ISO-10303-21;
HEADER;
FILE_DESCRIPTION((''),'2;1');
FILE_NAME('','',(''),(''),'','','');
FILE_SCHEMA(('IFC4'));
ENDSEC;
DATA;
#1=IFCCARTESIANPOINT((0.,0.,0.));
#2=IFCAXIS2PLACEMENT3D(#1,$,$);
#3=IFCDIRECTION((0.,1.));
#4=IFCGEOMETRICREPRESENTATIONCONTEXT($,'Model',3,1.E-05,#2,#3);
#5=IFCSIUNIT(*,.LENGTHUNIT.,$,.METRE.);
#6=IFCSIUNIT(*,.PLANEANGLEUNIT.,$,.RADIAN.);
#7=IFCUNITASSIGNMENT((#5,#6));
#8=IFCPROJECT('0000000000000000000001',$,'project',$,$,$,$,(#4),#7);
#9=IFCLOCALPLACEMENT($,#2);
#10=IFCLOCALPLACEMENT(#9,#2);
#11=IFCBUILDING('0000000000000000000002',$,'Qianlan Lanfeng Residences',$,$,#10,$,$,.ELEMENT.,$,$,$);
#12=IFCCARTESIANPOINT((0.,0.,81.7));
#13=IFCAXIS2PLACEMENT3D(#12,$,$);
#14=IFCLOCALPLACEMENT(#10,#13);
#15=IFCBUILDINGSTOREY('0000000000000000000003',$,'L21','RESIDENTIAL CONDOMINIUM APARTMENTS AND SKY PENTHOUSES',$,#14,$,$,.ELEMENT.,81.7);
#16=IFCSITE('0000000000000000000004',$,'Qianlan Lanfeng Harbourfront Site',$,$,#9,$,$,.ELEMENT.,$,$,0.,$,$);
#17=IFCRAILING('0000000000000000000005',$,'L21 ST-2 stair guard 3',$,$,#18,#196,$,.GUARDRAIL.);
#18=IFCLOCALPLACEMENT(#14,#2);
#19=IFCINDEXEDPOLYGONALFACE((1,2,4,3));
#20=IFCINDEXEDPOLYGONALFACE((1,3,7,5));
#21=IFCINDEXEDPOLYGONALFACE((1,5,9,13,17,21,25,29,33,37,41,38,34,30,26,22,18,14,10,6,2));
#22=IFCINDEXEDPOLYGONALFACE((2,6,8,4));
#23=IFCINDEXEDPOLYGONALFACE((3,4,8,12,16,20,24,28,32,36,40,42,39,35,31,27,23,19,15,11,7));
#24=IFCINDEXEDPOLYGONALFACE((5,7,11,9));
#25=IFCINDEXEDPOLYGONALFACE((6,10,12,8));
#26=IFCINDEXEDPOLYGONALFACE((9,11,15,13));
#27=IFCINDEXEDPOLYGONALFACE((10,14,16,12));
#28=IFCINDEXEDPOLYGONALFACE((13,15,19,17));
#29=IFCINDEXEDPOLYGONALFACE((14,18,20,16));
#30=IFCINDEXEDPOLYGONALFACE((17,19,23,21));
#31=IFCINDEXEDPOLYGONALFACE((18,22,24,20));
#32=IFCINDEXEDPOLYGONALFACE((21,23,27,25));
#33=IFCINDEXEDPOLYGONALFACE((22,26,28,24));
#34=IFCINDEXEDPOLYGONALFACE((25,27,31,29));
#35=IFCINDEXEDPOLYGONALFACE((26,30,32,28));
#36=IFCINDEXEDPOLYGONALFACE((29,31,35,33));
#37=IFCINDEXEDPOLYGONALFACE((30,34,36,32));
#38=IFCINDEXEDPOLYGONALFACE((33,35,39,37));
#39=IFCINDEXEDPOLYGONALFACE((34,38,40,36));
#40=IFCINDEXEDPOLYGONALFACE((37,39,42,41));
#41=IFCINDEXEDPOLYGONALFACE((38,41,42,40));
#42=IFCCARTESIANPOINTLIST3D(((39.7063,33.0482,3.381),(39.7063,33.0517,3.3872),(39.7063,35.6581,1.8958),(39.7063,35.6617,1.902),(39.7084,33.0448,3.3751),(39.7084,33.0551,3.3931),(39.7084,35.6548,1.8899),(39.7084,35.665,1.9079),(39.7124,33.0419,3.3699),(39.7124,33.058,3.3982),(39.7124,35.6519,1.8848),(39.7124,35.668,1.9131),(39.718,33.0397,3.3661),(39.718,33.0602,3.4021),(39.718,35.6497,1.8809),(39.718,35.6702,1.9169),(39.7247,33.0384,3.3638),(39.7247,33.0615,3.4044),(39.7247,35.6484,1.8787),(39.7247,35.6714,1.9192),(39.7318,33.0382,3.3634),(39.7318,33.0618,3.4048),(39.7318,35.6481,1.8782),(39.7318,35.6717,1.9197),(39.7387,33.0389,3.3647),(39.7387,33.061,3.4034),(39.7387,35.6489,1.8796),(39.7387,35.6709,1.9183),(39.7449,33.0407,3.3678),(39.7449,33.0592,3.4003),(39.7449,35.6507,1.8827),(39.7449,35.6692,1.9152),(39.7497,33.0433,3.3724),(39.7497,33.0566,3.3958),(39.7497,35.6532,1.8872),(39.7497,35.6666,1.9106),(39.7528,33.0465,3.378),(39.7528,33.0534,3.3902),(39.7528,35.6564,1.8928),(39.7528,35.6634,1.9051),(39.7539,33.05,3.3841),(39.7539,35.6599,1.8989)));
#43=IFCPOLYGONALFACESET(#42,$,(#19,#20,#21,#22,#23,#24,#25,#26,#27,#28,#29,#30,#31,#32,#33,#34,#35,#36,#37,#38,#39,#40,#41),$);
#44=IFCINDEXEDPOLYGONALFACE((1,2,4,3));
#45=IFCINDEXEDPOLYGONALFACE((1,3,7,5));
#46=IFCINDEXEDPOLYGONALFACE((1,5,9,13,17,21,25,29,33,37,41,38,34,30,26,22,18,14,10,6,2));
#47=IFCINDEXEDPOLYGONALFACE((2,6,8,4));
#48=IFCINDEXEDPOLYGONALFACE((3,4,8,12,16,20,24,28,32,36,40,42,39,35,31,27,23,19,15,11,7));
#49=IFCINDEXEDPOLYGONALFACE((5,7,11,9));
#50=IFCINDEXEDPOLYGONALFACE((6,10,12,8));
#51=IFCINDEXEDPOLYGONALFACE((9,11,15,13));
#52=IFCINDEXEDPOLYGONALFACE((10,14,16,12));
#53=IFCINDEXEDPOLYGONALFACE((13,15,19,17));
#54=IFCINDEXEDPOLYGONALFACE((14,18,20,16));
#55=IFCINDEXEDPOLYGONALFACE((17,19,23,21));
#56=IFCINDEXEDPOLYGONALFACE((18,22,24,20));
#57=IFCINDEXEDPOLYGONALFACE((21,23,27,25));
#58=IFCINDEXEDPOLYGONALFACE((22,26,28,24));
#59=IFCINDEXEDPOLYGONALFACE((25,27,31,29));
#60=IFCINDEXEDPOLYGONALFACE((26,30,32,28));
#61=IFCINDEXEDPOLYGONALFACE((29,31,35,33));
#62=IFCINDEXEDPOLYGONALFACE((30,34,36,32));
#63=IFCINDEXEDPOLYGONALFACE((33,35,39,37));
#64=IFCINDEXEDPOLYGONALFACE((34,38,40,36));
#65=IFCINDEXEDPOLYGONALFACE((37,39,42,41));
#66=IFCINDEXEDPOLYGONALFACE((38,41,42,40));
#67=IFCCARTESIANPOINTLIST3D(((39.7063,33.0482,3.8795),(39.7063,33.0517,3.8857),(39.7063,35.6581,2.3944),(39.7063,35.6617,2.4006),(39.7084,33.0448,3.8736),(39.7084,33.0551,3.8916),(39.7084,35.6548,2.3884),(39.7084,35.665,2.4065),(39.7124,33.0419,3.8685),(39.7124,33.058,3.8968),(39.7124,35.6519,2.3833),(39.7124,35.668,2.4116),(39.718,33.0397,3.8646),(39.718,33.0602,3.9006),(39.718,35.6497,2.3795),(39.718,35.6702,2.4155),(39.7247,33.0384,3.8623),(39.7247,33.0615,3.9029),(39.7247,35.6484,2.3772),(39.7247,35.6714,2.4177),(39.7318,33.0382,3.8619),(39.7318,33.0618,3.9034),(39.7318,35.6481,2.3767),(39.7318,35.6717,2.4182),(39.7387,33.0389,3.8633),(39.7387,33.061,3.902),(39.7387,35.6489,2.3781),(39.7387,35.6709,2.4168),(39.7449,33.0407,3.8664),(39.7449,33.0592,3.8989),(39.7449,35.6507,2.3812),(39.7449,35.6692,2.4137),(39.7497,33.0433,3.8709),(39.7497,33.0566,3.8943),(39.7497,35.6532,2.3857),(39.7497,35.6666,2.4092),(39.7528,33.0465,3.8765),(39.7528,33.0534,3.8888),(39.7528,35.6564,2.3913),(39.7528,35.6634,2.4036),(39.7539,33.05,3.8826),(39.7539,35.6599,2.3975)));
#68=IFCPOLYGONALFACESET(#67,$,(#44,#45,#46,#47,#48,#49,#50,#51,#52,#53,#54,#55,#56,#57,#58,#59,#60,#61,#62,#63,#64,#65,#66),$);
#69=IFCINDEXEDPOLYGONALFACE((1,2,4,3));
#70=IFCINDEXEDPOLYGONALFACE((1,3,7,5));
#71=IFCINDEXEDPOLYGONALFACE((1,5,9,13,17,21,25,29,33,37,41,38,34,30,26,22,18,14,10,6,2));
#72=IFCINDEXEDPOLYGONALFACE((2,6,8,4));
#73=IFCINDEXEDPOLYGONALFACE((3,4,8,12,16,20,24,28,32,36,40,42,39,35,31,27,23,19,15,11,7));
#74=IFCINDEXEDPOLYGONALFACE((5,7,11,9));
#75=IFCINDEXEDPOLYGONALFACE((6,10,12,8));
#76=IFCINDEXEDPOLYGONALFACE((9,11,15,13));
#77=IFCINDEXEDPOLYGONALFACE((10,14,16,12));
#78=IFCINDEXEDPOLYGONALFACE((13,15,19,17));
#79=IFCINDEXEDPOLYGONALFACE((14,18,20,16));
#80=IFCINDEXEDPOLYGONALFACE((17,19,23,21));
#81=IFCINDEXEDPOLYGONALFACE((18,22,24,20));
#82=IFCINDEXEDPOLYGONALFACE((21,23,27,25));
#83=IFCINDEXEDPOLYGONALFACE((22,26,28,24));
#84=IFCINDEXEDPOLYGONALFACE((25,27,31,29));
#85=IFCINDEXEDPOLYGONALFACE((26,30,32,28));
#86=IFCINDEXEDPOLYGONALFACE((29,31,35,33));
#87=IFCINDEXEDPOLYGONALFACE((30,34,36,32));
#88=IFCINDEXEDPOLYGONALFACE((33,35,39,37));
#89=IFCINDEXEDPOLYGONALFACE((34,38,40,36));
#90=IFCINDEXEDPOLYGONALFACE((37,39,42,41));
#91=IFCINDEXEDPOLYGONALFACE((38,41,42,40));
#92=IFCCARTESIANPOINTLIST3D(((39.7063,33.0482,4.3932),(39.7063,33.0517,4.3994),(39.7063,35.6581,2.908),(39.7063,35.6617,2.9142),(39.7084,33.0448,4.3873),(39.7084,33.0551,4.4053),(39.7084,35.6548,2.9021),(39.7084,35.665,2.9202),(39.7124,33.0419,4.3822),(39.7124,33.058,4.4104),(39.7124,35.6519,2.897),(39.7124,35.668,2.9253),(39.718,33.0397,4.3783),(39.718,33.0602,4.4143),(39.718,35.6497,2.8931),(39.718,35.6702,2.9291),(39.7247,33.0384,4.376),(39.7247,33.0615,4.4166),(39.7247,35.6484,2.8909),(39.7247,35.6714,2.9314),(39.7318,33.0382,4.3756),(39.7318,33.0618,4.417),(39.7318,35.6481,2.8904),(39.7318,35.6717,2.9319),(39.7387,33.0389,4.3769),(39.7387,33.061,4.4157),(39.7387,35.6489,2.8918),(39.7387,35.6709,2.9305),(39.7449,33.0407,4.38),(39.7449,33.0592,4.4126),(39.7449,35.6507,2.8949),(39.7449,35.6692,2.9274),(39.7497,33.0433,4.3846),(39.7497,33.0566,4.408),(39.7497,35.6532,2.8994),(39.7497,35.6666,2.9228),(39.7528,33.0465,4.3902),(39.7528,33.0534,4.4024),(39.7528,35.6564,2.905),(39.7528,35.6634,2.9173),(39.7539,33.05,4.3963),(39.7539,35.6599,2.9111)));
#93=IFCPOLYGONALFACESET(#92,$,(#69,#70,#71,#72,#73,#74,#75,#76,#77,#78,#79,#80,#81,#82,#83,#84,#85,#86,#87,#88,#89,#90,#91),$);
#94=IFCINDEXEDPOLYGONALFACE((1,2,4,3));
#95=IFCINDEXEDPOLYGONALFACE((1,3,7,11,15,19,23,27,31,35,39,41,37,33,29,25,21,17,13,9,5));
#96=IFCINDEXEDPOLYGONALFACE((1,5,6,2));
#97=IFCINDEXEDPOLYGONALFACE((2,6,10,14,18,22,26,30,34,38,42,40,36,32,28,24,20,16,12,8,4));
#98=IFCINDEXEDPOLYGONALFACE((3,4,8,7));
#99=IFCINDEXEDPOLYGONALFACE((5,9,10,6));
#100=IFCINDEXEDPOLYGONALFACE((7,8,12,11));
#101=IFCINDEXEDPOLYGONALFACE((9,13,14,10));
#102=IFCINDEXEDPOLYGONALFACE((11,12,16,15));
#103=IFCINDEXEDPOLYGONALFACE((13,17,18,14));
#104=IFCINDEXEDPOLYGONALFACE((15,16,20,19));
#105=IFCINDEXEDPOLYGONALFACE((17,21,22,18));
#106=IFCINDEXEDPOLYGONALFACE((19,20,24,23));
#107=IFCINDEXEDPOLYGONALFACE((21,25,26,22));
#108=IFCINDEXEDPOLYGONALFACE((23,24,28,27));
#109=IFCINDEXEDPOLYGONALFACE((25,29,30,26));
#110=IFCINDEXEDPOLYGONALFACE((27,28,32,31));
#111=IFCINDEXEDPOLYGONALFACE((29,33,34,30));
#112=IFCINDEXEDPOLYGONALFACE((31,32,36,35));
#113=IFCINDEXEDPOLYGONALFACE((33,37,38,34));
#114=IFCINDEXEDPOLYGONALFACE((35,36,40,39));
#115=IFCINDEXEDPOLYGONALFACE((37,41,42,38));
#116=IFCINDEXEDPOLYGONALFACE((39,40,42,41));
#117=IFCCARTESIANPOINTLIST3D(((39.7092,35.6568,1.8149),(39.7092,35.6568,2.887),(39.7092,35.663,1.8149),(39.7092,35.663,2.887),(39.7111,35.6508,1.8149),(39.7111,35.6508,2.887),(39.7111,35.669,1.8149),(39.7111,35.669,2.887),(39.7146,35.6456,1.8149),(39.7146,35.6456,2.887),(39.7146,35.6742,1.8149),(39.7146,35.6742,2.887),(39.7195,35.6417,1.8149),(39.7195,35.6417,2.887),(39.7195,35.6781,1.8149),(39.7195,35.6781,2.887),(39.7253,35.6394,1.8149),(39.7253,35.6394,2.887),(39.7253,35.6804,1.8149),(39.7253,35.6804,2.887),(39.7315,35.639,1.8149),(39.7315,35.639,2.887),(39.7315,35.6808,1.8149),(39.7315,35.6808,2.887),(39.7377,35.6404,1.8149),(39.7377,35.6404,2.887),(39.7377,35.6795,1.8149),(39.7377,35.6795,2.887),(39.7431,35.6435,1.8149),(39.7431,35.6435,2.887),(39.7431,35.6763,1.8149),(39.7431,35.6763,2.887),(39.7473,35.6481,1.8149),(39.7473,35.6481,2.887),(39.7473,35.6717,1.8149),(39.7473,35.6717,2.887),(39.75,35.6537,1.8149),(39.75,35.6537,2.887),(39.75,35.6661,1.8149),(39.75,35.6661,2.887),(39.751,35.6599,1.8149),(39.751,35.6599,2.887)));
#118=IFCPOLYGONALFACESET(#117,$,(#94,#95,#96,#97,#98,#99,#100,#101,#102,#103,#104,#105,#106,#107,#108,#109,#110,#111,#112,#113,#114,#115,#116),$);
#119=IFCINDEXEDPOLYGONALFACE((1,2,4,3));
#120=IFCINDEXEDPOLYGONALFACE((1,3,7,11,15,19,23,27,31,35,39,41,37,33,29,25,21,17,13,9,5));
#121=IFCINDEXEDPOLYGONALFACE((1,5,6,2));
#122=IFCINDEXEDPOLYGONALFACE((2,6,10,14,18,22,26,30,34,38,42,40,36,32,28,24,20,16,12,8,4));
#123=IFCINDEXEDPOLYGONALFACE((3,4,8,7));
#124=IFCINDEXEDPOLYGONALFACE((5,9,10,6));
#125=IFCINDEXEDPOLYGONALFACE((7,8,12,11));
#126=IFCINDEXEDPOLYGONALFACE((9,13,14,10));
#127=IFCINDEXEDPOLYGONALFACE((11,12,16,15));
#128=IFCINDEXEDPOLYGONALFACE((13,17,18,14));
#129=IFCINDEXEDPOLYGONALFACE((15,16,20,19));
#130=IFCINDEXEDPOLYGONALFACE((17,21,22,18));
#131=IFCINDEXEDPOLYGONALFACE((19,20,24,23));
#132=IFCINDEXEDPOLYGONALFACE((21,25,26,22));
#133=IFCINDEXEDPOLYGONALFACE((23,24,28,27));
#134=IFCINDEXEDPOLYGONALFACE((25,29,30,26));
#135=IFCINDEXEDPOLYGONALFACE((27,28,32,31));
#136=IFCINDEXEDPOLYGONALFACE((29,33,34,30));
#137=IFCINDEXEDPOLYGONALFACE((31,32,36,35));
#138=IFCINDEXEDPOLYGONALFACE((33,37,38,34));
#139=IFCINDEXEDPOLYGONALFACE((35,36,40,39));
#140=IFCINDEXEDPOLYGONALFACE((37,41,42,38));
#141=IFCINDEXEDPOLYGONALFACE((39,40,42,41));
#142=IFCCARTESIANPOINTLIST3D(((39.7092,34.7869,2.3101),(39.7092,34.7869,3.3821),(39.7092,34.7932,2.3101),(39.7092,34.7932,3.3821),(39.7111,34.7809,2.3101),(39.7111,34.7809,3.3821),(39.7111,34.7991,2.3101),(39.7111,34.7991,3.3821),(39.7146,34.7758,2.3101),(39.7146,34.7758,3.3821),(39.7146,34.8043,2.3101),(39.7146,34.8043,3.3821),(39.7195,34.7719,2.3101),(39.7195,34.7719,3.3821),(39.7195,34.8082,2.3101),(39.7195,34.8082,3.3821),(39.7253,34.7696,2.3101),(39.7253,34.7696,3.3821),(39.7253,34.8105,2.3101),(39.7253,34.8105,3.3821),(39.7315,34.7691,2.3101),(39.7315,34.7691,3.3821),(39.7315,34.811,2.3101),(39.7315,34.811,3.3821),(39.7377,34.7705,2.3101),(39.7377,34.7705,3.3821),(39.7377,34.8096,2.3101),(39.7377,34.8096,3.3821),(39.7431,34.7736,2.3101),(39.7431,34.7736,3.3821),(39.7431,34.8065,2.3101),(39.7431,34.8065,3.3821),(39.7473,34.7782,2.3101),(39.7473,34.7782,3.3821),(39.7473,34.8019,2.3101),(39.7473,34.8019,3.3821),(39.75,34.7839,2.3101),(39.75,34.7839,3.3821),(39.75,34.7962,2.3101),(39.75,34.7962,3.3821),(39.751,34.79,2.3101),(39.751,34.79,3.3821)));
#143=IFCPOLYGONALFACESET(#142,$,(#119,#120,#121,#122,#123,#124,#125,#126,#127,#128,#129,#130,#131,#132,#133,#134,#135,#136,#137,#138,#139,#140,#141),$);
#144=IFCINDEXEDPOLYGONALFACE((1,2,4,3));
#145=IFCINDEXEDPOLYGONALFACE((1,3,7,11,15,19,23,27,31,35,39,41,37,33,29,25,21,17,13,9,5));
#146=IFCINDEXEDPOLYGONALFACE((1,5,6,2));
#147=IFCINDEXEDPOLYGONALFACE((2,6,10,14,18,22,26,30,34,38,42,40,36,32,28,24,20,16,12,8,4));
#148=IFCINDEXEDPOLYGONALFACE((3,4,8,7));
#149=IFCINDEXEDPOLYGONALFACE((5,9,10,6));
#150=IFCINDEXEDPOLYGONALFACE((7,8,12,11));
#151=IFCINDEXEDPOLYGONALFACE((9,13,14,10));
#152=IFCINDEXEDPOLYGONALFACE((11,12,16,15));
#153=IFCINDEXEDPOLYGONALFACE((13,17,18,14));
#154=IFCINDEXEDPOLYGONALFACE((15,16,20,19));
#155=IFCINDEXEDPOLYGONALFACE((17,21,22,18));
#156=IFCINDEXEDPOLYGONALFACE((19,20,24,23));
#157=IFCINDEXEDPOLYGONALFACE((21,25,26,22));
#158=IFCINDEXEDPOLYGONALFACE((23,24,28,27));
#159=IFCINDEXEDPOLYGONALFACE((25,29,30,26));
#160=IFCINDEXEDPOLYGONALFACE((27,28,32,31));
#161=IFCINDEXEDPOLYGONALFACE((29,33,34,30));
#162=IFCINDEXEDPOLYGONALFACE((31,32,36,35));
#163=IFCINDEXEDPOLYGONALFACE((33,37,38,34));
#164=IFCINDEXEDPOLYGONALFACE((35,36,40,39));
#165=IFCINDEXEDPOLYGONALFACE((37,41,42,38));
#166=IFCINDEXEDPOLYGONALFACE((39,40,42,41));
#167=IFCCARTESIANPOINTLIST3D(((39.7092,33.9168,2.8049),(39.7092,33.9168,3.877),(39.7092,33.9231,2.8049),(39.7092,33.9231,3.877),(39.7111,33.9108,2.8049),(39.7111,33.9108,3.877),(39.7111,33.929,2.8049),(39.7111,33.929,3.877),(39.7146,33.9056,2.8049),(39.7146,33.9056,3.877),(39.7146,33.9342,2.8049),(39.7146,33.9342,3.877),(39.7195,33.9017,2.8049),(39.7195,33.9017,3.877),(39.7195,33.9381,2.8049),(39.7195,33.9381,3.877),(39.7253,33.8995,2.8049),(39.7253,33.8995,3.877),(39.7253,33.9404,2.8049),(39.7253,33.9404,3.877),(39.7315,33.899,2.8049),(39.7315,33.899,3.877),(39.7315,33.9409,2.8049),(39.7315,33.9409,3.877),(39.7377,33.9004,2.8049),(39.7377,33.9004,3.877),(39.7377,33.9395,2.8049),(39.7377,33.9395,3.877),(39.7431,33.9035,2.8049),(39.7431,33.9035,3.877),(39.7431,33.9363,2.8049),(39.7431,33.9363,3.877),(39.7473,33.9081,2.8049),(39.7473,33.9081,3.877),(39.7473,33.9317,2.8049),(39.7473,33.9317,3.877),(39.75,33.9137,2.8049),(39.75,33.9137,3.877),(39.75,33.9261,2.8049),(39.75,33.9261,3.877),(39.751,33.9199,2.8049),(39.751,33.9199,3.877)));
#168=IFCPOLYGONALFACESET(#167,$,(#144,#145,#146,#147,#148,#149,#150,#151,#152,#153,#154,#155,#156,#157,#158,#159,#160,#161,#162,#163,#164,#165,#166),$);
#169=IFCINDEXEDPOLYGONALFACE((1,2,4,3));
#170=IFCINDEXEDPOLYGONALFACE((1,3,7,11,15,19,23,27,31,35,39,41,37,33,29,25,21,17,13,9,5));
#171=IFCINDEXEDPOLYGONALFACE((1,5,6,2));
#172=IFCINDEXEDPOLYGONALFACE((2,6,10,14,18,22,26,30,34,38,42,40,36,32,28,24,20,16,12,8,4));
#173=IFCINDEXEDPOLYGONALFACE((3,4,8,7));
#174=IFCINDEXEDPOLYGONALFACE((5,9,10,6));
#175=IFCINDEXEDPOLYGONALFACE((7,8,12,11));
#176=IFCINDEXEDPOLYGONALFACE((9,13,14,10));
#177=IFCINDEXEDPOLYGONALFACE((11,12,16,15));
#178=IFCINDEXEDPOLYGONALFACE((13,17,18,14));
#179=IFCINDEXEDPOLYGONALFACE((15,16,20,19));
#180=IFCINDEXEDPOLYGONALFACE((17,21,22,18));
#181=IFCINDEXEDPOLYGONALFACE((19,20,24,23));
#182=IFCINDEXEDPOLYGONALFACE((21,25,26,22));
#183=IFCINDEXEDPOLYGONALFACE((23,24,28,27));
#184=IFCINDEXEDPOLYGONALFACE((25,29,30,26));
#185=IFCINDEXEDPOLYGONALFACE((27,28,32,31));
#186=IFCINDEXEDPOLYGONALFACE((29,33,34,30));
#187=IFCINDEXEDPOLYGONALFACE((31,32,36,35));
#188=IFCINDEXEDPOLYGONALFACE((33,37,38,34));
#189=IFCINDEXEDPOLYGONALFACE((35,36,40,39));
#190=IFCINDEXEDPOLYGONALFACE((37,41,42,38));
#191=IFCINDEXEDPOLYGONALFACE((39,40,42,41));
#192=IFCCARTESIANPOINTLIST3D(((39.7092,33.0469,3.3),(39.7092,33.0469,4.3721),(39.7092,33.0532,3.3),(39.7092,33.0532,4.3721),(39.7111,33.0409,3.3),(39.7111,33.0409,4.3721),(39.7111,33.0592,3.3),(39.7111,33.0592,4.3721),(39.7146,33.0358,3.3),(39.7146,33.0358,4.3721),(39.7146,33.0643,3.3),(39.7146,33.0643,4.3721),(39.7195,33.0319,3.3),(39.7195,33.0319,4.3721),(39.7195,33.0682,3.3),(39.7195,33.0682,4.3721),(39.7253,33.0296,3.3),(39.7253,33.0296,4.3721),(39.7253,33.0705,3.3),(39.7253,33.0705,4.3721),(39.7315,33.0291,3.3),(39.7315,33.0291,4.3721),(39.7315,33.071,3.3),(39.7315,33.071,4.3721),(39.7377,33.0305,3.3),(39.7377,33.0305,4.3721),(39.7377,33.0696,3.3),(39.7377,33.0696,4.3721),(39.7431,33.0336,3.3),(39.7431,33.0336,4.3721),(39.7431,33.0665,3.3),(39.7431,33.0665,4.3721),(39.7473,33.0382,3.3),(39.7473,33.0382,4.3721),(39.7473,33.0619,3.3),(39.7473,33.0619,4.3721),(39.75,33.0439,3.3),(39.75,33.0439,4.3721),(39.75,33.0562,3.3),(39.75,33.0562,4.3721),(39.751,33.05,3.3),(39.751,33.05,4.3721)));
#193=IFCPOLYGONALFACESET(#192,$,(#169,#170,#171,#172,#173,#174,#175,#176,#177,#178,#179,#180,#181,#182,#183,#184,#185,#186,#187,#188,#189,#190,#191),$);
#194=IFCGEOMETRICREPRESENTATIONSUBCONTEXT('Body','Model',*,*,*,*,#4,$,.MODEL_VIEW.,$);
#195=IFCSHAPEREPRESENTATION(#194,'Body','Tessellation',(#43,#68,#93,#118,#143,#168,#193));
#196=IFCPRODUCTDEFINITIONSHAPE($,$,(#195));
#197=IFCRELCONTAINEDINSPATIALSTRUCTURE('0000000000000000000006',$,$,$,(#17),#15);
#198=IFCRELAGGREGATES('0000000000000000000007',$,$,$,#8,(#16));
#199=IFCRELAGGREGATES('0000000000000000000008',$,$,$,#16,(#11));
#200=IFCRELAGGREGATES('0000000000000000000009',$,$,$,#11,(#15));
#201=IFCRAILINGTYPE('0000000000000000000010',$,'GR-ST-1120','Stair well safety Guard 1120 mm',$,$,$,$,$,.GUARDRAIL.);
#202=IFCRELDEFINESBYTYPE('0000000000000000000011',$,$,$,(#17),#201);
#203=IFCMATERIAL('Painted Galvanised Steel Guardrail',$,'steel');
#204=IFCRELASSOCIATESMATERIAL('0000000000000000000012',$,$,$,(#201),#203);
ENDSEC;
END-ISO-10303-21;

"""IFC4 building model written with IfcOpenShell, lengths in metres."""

from ifc_helpers import new_model, si_unit, direction, frame, origin, origin_2d, place, context, subcontext, project, spatial, circle, extrude, material, type_object, element, save


model = new_model("IFC4")

# Units and contexts
model_context = context("Model", 3, precision=1e-05, world=origin(), true_north=direction((0.0, 1.0)))
body_context = subcontext(model_context, "Body", "Model", "MODEL_VIEW")
ifc_project = project(units=[si_unit("LENGTHUNIT", "METRE"), si_unit("PLANEANGLEUNIT", "RADIAN")], contexts=[model_context])

# Site, building, storey
site_placement = place(None, origin())
site = spatial("IfcSite", under=ifc_project, at=site_placement, Name="Qianlan Lanfeng Harbourfront Site", CompositionType="ELEMENT", RefElevation=0.0)
building_placement = place(site_placement, origin())
building = spatial("IfcBuilding", under=site, at=building_placement, Name="Qianlan Lanfeng Residences", CompositionType="ELEMENT")
storey_placement = place(building_placement, frame((0.0, 0.0, 81.7)))
storey = spatial("IfcBuildingStorey", under=building, at=storey_placement, Name="L21", Description="RESIDENTIAL CONDOMINIUM APARTMENTS AND SKY PENTHOUSES", CompositionType="ELEMENT", Elevation=81.7)

# Railing
ifc_material_1 = material(Name="Painted Galvanised Steel Guardrail", Category="steel")
railing_type_1 = type_object("IfcRailingType", Name="GR-ST-1120", Description="Stair well safety Guard 1120 mm", PredefinedType="GUARDRAIL", material=ifc_material_1)
railing_1_placement = place(storey_placement, frame((39.73, 35.6599, 1.8149)))
element("IfcRailing", 1, at=railing_1_placement, inside=storey, type_object=railing_type_1, Name="L21 ST-2 stair guard 3", PredefinedType="GUARDRAIL", context=body_context, shape_type="SweptSolid", body=[
    extrude(circle(Radius=0.0239, at=origin_2d()), frame((0.0, 0.0, 0.084), z_axis=(0.0, -0.869137, 0.494571), x_axis=(1.0, 0.0, 0.0)), (0.0, 0.0, 1.0), 3.0029),
    extrude(circle(Radius=0.0239, at=origin_2d()), frame((0.0, 0.0, 0.5825), z_axis=(0.0, -0.869137, 0.494571), x_axis=(1.0, 0.0, 0.0)), (0.0, 0.0, 1.0), 3.0029),
    extrude(circle(Radius=0.0239, at=origin_2d()), frame((0.0, 0.0, 1.0962), z_axis=(0.0, -0.869137, 0.494571), x_axis=(1.0, 0.0, 0.0)), (0.0, 0.0, 1.0), 3.0029),
    extrude(circle(Radius=0.021, at=origin_2d()), origin(), (0.0, 0.0, 1.0), 1.072),
    extrude(circle(Radius=0.021, at=origin_2d()), frame((0.0, -0.8699, 0.4951)), (0.0, 0.0, 1.0), 1.072),
    extrude(circle(Radius=0.021, at=origin_2d()), frame((0.0, -1.74, 0.99)), (0.0, 0.0, 1.0), 1.072),
    extrude(circle(Radius=0.021, at=origin_2d()), frame((0.0, -2.6099, 1.4851)), (0.0, 0.0, 1.0), 1.072),
])

save(model, "model.ifc")
